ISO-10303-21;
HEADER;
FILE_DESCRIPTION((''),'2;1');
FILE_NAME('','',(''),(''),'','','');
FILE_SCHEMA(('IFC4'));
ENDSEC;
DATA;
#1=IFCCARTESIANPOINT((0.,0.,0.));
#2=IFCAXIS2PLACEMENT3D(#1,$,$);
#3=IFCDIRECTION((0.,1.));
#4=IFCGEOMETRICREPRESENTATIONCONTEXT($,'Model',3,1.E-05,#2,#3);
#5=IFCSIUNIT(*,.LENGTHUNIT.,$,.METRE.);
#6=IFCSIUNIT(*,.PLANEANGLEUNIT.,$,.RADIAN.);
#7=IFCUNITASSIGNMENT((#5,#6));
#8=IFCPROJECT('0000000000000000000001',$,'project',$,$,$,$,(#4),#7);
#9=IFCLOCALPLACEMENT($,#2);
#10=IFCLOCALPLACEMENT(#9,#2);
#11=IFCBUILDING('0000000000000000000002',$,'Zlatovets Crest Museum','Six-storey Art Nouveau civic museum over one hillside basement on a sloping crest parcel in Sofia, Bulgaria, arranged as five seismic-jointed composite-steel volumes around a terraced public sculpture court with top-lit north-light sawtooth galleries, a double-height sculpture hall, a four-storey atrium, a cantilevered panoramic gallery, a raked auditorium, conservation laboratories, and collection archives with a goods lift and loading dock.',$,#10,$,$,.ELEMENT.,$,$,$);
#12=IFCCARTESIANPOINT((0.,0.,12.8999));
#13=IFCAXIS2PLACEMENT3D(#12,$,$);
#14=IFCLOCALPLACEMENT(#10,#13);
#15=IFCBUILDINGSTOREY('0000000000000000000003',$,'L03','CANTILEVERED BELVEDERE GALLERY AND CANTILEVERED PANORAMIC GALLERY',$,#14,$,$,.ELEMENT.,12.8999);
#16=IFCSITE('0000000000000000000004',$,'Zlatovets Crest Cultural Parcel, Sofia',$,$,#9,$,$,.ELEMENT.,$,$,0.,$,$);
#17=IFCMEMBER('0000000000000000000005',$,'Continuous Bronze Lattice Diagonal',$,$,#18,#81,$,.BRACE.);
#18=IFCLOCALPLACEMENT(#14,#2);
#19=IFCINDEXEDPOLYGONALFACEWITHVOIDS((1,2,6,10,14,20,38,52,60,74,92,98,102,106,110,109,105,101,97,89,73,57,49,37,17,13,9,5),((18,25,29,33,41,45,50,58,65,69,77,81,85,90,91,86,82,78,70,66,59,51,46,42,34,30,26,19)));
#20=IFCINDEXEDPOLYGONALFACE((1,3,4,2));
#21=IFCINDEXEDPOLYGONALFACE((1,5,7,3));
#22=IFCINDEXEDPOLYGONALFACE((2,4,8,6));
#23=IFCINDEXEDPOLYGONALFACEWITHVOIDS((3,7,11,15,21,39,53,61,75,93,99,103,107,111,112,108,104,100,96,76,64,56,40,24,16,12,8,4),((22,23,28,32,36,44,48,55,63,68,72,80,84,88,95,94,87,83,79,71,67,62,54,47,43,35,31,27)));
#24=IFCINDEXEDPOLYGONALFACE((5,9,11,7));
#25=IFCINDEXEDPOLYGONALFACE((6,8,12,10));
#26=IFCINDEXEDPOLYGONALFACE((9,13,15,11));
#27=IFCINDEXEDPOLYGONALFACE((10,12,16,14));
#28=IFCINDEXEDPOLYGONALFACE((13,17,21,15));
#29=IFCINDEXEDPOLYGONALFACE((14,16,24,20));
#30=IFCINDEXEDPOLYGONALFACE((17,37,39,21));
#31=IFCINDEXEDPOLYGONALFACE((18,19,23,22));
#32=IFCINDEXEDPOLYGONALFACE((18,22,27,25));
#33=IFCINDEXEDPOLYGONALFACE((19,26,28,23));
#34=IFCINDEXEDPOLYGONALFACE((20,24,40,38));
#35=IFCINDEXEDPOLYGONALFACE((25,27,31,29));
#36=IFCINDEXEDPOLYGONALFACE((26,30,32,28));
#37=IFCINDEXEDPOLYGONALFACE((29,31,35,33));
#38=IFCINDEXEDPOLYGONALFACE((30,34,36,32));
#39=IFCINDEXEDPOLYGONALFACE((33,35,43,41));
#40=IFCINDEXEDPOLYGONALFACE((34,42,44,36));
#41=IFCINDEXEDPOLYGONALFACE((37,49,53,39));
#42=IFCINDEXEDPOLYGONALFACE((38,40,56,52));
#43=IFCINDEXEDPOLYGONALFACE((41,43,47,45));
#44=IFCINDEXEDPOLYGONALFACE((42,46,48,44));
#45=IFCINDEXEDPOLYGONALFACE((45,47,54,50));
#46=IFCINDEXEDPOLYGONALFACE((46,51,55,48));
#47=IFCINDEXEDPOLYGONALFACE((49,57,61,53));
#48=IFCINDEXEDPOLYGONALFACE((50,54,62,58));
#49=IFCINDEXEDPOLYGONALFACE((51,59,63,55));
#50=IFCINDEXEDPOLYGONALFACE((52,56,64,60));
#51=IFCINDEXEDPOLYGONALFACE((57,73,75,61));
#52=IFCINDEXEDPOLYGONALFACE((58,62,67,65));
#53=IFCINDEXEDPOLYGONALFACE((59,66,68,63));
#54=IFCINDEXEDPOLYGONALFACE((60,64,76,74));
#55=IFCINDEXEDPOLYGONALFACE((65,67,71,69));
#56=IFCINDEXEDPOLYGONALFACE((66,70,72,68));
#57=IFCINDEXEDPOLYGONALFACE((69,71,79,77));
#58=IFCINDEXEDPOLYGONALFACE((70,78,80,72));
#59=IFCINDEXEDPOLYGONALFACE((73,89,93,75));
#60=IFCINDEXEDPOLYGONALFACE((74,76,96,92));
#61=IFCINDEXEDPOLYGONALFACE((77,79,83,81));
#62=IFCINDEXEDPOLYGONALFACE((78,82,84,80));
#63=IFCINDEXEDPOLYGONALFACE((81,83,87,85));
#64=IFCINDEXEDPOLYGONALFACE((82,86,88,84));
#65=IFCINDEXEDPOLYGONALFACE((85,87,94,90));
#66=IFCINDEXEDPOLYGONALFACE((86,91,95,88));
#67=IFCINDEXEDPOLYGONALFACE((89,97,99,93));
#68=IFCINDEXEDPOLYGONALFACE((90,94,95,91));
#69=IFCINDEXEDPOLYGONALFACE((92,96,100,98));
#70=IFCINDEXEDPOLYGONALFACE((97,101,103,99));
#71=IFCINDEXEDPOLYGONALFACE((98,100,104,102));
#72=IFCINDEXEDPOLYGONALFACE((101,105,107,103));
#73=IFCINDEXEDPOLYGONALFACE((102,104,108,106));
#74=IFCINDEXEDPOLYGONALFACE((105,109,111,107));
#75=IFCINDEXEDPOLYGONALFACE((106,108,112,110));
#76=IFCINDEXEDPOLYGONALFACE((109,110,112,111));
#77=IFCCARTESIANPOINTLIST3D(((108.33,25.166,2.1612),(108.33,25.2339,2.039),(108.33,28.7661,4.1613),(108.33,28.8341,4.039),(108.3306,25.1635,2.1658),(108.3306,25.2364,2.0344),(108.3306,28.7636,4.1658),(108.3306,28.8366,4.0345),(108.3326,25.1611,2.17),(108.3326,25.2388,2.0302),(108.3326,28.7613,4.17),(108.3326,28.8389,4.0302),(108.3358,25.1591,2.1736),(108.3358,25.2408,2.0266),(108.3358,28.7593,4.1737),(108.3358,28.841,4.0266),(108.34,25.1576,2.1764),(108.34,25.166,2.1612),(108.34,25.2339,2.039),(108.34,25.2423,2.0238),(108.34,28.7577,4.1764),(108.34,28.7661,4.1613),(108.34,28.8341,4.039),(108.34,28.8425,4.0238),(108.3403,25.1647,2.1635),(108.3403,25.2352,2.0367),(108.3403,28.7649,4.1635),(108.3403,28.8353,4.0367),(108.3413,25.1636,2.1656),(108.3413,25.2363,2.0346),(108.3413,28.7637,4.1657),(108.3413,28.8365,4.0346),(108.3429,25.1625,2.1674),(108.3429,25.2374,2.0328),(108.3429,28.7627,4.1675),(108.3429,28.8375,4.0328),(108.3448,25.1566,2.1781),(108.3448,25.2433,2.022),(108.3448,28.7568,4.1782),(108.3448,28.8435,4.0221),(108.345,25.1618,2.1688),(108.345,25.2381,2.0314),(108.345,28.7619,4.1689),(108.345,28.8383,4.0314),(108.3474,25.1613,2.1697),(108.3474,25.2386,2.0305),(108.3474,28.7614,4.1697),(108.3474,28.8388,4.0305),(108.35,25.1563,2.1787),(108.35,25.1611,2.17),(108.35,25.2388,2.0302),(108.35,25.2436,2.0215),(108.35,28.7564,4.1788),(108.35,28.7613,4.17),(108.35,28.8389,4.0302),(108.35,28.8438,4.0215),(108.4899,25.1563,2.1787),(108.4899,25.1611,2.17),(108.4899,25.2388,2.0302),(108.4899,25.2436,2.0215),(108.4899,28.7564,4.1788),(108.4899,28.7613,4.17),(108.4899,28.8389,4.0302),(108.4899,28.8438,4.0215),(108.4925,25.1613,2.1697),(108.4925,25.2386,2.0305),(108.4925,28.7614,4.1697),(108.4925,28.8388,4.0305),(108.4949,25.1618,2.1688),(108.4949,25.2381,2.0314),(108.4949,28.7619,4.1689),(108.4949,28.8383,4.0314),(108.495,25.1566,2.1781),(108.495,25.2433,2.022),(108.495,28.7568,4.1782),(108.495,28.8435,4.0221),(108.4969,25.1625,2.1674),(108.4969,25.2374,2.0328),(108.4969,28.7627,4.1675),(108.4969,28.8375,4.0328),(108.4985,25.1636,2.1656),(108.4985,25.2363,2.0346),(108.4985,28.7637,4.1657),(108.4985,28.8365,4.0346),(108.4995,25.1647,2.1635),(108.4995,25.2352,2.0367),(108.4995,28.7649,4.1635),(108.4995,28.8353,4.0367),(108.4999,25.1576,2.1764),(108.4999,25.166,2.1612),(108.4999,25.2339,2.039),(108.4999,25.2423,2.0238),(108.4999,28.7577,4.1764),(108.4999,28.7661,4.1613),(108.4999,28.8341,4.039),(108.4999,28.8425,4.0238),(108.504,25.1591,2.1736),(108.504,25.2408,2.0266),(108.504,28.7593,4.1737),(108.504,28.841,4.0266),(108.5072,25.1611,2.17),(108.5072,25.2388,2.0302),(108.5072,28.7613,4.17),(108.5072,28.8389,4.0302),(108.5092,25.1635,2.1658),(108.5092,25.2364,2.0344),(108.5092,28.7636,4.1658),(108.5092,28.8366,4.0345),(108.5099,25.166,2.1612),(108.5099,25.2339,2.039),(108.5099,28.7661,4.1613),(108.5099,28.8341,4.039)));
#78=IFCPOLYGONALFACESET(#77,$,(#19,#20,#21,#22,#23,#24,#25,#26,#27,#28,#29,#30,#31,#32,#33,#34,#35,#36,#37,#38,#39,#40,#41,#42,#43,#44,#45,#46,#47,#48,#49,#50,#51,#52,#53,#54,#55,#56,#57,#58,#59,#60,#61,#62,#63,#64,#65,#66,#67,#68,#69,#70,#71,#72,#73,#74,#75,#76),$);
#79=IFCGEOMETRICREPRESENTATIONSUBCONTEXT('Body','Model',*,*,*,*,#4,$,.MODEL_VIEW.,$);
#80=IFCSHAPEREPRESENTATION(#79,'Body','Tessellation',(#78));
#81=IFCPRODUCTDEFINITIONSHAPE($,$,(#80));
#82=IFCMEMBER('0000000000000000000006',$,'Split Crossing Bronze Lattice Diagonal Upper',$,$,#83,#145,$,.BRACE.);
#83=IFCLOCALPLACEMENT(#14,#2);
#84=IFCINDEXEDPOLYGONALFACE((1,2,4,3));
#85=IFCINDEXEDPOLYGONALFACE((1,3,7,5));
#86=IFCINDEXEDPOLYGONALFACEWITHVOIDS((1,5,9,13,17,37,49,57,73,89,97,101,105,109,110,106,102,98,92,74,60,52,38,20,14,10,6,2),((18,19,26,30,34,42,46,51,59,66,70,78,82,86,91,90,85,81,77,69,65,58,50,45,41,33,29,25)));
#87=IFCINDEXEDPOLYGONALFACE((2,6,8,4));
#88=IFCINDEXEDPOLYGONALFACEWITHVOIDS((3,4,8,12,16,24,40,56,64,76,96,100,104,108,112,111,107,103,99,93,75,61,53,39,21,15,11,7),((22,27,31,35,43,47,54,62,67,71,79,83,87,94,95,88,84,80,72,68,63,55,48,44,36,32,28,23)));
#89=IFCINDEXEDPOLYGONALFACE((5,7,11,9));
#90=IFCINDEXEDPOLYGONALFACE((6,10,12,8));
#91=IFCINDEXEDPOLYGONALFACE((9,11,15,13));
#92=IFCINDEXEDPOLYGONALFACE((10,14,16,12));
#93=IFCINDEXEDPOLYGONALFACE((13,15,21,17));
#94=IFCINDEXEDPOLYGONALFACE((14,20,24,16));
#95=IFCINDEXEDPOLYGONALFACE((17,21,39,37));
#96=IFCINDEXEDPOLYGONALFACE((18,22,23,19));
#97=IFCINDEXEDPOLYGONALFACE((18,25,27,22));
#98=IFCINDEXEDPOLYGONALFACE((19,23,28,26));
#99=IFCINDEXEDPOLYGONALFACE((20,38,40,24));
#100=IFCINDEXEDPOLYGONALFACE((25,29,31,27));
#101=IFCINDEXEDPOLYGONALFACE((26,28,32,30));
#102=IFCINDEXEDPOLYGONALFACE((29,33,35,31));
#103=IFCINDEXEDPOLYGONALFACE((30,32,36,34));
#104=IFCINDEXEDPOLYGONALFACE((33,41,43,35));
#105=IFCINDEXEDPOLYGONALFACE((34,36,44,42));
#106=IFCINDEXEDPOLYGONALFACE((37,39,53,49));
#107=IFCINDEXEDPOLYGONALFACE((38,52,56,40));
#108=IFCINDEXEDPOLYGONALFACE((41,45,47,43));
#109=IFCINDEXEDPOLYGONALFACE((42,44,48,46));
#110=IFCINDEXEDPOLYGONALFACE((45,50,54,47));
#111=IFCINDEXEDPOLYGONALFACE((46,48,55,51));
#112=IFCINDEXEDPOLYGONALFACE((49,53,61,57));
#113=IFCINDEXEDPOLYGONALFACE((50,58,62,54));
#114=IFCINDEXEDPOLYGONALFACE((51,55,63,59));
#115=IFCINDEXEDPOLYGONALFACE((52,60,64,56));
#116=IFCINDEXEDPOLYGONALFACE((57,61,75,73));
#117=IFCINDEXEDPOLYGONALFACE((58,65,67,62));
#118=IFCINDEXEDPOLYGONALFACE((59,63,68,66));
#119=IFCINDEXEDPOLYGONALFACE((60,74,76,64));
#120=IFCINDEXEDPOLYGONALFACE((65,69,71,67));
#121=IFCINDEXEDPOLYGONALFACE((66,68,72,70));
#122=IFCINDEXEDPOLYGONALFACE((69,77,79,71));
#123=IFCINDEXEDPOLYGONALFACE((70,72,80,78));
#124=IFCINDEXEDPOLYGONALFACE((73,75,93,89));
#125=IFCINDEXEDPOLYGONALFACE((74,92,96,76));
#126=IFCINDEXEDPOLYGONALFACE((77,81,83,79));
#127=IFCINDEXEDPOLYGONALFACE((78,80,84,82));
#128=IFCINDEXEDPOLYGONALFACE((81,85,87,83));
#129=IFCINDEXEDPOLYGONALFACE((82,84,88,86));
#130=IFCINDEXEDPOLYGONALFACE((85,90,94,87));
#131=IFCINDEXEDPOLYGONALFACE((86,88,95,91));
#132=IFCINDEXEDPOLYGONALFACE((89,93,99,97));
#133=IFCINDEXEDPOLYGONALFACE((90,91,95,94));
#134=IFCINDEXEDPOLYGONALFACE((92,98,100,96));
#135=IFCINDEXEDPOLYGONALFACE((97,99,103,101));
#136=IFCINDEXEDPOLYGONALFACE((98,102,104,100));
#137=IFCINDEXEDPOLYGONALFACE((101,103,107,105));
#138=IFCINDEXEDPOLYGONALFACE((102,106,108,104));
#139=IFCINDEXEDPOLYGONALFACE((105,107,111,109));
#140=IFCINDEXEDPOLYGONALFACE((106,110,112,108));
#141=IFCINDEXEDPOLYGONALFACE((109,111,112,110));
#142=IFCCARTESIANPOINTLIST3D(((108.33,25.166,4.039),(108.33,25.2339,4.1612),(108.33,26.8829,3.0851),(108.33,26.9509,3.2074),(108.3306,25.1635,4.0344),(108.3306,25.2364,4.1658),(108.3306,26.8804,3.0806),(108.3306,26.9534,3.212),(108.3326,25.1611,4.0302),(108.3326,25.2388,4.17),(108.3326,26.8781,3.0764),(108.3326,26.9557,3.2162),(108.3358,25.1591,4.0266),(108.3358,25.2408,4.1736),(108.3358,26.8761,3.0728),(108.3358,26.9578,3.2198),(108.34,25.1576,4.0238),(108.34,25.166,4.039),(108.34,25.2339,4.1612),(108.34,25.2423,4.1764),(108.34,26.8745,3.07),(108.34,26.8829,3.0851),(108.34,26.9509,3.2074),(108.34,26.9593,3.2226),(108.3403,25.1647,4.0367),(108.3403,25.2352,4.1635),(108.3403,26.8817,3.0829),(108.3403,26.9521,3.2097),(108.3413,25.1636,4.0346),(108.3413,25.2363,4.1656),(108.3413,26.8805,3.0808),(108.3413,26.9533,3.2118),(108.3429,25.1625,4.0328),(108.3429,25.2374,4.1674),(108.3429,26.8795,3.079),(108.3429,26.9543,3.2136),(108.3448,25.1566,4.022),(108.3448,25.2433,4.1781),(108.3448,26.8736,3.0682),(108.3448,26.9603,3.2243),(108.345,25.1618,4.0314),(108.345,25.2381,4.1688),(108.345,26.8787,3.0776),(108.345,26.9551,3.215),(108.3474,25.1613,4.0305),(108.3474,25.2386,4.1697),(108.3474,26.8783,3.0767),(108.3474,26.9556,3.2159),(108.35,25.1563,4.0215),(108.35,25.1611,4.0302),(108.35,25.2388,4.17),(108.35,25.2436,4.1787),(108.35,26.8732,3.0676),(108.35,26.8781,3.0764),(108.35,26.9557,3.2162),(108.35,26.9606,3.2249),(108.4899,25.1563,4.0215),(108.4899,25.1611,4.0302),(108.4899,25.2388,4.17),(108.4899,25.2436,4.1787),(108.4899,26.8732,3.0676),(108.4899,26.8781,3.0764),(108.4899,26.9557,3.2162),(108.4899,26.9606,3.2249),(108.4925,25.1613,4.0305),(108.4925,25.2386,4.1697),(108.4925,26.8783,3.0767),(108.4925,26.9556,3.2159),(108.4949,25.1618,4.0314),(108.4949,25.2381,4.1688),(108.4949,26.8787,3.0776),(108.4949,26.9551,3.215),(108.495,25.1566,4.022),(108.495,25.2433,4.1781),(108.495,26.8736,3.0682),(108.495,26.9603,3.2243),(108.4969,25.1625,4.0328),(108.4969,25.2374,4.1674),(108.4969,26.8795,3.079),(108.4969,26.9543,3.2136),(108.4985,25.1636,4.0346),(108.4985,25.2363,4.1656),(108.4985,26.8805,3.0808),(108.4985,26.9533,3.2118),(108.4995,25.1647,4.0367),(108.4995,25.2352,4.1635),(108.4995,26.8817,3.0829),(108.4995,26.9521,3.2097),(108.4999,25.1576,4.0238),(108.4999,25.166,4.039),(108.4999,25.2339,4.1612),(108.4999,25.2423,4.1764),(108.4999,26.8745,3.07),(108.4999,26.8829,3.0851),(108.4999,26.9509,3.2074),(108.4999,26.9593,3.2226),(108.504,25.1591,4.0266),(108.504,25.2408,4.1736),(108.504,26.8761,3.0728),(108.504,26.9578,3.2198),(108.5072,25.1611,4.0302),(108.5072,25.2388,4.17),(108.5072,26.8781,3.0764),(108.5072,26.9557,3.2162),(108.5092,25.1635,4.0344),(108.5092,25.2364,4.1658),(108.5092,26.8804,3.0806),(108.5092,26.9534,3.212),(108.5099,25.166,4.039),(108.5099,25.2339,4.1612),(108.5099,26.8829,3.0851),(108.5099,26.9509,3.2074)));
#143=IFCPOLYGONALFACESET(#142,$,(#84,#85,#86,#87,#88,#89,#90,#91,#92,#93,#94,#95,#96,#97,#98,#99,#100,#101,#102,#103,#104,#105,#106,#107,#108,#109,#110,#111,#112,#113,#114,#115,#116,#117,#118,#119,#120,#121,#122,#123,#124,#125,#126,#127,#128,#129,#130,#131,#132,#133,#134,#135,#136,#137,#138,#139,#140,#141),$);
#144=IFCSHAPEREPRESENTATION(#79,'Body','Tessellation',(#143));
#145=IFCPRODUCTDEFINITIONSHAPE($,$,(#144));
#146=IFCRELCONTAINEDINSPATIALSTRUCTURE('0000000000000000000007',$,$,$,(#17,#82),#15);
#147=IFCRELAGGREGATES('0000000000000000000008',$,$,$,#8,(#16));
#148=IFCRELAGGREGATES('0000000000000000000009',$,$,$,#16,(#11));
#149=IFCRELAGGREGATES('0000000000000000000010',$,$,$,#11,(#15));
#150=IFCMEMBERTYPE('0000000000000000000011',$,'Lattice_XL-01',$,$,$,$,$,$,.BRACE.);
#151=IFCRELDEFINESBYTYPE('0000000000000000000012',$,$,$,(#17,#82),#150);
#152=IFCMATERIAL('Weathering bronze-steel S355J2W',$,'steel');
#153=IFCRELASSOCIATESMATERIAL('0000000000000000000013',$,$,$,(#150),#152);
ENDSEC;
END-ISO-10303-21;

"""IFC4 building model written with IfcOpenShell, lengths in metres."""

from ifc_helpers import new_model, si_unit, direction, frame, origin, origin_2d, place, context, subcontext, project, spatial, hollow_rectangle, extrude, material, material_profile, profile_set, type_object, element, save


model = new_model("IFC4")

# Units and contexts
model_context = context("Model", 3, precision=1e-05, world=origin(), true_north=direction((0.0, 1.0)))
body_context = subcontext(model_context, "Body", "Model", "MODEL_VIEW")
ifc_project = project(units=[si_unit("LENGTHUNIT", "METRE"), si_unit("PLANEANGLEUNIT", "RADIAN")], contexts=[model_context])

# Site, building, storey
site_placement = place(None, origin())
site = spatial("IfcSite", under=ifc_project, at=site_placement, Name="Zlatovets Crest Cultural Parcel, Sofia", CompositionType="ELEMENT", RefElevation=0.0)
building_placement = place(site_placement, origin())
building = spatial("IfcBuilding", under=site, at=building_placement, Name="Zlatovets Crest Museum", Description="Six-storey Art Nouveau civic museum over one hillside basement on a sloping crest parcel in Sofia, Bulgaria, arranged as five seismic-jointed composite-steel volumes around a terraced public sculpture court with top-lit north-light sawtooth galleries, a double-height sculpture hall, a four-storey atrium, a cantilevered panoramic gallery, a raked auditorium, conservation laboratories, and collection archives with a goods lift and loading dock.", CompositionType="ELEMENT")
storey_placement = place(building_placement, frame((0.0, 0.0, 12.8999)))
storey = spatial("IfcBuildingStorey", under=building, at=storey_placement, Name="L03", Description="CANTILEVERED BELVEDERE GALLERY AND CANTILEVERED PANORAMIC GALLERY", CompositionType="ELEMENT", Elevation=12.8999)

# Members
ifc_material_1 = material(Name="Weathering bronze-steel S355J2W", Category="steel")
ifc_material_profile_1 = material_profile(ifc_material_1, hollow_rectangle(XDim=0.1799, YDim=0.1799, WallThickness=0.01, InnerFilletRadius=0.01, OuterFilletRadius=0.02, at=origin_2d()), Name="SHS 180x180x10.0")
ifc_profile_set_1 = profile_set([ifc_material_profile_1], Name="Weathering bronze-steel S355J2W")
member_type_1 = type_object("IfcMemberType", Name="Lattice_XL-01", PredefinedType="BRACE", material=ifc_profile_set_1)
member_1_placement = place(storey_placement, frame((108.4199, 25.2, 2.1001), z_axis=(0.0, 0.874163, 0.485633), x_axis=(-1.0, 0.0, 0.0)))
element("IfcMember", 1, at=member_1_placement, inside=storey, type_object=member_type_1, Name="Continuous Bronze Lattice Diagonal", PredefinedType="BRACE", context=body_context, shape_type="SweptSolid", body=[
    extrude(hollow_rectangle(XDim=0.1799, YDim=0.1799, WallThickness=0.01, InnerFilletRadius=0.01, OuterFilletRadius=0.02, at=origin_2d()), origin(), (0.0, 0.0, 1.0), 4.1184),
])
for number, where, z_axis, x_axis, name in (
    (2, (108.4199, 25.2, 4.1001), (0.0, 0.874169, -0.485622), (-1.0, 0.0, 0.0), "Split Crossing Bronze Lattice Diagonal Upper"),
):
    element("IfcMember", number, at=place(storey_placement, frame(where, z_axis=z_axis, x_axis=x_axis)), inside=storey, type_object=member_type_1, Name=name, PredefinedType="BRACE", context=body_context, shape_type="SweptSolid", body=[
        extrude(hollow_rectangle(XDim=0.1799, YDim=0.1799, WallThickness=0.01, InnerFilletRadius=0.01, OuterFilletRadius=0.02, at=origin_2d()), origin(), (0.0, 0.0, 1.0), 1.9641),
    ])

save(model, "model.ifc")
